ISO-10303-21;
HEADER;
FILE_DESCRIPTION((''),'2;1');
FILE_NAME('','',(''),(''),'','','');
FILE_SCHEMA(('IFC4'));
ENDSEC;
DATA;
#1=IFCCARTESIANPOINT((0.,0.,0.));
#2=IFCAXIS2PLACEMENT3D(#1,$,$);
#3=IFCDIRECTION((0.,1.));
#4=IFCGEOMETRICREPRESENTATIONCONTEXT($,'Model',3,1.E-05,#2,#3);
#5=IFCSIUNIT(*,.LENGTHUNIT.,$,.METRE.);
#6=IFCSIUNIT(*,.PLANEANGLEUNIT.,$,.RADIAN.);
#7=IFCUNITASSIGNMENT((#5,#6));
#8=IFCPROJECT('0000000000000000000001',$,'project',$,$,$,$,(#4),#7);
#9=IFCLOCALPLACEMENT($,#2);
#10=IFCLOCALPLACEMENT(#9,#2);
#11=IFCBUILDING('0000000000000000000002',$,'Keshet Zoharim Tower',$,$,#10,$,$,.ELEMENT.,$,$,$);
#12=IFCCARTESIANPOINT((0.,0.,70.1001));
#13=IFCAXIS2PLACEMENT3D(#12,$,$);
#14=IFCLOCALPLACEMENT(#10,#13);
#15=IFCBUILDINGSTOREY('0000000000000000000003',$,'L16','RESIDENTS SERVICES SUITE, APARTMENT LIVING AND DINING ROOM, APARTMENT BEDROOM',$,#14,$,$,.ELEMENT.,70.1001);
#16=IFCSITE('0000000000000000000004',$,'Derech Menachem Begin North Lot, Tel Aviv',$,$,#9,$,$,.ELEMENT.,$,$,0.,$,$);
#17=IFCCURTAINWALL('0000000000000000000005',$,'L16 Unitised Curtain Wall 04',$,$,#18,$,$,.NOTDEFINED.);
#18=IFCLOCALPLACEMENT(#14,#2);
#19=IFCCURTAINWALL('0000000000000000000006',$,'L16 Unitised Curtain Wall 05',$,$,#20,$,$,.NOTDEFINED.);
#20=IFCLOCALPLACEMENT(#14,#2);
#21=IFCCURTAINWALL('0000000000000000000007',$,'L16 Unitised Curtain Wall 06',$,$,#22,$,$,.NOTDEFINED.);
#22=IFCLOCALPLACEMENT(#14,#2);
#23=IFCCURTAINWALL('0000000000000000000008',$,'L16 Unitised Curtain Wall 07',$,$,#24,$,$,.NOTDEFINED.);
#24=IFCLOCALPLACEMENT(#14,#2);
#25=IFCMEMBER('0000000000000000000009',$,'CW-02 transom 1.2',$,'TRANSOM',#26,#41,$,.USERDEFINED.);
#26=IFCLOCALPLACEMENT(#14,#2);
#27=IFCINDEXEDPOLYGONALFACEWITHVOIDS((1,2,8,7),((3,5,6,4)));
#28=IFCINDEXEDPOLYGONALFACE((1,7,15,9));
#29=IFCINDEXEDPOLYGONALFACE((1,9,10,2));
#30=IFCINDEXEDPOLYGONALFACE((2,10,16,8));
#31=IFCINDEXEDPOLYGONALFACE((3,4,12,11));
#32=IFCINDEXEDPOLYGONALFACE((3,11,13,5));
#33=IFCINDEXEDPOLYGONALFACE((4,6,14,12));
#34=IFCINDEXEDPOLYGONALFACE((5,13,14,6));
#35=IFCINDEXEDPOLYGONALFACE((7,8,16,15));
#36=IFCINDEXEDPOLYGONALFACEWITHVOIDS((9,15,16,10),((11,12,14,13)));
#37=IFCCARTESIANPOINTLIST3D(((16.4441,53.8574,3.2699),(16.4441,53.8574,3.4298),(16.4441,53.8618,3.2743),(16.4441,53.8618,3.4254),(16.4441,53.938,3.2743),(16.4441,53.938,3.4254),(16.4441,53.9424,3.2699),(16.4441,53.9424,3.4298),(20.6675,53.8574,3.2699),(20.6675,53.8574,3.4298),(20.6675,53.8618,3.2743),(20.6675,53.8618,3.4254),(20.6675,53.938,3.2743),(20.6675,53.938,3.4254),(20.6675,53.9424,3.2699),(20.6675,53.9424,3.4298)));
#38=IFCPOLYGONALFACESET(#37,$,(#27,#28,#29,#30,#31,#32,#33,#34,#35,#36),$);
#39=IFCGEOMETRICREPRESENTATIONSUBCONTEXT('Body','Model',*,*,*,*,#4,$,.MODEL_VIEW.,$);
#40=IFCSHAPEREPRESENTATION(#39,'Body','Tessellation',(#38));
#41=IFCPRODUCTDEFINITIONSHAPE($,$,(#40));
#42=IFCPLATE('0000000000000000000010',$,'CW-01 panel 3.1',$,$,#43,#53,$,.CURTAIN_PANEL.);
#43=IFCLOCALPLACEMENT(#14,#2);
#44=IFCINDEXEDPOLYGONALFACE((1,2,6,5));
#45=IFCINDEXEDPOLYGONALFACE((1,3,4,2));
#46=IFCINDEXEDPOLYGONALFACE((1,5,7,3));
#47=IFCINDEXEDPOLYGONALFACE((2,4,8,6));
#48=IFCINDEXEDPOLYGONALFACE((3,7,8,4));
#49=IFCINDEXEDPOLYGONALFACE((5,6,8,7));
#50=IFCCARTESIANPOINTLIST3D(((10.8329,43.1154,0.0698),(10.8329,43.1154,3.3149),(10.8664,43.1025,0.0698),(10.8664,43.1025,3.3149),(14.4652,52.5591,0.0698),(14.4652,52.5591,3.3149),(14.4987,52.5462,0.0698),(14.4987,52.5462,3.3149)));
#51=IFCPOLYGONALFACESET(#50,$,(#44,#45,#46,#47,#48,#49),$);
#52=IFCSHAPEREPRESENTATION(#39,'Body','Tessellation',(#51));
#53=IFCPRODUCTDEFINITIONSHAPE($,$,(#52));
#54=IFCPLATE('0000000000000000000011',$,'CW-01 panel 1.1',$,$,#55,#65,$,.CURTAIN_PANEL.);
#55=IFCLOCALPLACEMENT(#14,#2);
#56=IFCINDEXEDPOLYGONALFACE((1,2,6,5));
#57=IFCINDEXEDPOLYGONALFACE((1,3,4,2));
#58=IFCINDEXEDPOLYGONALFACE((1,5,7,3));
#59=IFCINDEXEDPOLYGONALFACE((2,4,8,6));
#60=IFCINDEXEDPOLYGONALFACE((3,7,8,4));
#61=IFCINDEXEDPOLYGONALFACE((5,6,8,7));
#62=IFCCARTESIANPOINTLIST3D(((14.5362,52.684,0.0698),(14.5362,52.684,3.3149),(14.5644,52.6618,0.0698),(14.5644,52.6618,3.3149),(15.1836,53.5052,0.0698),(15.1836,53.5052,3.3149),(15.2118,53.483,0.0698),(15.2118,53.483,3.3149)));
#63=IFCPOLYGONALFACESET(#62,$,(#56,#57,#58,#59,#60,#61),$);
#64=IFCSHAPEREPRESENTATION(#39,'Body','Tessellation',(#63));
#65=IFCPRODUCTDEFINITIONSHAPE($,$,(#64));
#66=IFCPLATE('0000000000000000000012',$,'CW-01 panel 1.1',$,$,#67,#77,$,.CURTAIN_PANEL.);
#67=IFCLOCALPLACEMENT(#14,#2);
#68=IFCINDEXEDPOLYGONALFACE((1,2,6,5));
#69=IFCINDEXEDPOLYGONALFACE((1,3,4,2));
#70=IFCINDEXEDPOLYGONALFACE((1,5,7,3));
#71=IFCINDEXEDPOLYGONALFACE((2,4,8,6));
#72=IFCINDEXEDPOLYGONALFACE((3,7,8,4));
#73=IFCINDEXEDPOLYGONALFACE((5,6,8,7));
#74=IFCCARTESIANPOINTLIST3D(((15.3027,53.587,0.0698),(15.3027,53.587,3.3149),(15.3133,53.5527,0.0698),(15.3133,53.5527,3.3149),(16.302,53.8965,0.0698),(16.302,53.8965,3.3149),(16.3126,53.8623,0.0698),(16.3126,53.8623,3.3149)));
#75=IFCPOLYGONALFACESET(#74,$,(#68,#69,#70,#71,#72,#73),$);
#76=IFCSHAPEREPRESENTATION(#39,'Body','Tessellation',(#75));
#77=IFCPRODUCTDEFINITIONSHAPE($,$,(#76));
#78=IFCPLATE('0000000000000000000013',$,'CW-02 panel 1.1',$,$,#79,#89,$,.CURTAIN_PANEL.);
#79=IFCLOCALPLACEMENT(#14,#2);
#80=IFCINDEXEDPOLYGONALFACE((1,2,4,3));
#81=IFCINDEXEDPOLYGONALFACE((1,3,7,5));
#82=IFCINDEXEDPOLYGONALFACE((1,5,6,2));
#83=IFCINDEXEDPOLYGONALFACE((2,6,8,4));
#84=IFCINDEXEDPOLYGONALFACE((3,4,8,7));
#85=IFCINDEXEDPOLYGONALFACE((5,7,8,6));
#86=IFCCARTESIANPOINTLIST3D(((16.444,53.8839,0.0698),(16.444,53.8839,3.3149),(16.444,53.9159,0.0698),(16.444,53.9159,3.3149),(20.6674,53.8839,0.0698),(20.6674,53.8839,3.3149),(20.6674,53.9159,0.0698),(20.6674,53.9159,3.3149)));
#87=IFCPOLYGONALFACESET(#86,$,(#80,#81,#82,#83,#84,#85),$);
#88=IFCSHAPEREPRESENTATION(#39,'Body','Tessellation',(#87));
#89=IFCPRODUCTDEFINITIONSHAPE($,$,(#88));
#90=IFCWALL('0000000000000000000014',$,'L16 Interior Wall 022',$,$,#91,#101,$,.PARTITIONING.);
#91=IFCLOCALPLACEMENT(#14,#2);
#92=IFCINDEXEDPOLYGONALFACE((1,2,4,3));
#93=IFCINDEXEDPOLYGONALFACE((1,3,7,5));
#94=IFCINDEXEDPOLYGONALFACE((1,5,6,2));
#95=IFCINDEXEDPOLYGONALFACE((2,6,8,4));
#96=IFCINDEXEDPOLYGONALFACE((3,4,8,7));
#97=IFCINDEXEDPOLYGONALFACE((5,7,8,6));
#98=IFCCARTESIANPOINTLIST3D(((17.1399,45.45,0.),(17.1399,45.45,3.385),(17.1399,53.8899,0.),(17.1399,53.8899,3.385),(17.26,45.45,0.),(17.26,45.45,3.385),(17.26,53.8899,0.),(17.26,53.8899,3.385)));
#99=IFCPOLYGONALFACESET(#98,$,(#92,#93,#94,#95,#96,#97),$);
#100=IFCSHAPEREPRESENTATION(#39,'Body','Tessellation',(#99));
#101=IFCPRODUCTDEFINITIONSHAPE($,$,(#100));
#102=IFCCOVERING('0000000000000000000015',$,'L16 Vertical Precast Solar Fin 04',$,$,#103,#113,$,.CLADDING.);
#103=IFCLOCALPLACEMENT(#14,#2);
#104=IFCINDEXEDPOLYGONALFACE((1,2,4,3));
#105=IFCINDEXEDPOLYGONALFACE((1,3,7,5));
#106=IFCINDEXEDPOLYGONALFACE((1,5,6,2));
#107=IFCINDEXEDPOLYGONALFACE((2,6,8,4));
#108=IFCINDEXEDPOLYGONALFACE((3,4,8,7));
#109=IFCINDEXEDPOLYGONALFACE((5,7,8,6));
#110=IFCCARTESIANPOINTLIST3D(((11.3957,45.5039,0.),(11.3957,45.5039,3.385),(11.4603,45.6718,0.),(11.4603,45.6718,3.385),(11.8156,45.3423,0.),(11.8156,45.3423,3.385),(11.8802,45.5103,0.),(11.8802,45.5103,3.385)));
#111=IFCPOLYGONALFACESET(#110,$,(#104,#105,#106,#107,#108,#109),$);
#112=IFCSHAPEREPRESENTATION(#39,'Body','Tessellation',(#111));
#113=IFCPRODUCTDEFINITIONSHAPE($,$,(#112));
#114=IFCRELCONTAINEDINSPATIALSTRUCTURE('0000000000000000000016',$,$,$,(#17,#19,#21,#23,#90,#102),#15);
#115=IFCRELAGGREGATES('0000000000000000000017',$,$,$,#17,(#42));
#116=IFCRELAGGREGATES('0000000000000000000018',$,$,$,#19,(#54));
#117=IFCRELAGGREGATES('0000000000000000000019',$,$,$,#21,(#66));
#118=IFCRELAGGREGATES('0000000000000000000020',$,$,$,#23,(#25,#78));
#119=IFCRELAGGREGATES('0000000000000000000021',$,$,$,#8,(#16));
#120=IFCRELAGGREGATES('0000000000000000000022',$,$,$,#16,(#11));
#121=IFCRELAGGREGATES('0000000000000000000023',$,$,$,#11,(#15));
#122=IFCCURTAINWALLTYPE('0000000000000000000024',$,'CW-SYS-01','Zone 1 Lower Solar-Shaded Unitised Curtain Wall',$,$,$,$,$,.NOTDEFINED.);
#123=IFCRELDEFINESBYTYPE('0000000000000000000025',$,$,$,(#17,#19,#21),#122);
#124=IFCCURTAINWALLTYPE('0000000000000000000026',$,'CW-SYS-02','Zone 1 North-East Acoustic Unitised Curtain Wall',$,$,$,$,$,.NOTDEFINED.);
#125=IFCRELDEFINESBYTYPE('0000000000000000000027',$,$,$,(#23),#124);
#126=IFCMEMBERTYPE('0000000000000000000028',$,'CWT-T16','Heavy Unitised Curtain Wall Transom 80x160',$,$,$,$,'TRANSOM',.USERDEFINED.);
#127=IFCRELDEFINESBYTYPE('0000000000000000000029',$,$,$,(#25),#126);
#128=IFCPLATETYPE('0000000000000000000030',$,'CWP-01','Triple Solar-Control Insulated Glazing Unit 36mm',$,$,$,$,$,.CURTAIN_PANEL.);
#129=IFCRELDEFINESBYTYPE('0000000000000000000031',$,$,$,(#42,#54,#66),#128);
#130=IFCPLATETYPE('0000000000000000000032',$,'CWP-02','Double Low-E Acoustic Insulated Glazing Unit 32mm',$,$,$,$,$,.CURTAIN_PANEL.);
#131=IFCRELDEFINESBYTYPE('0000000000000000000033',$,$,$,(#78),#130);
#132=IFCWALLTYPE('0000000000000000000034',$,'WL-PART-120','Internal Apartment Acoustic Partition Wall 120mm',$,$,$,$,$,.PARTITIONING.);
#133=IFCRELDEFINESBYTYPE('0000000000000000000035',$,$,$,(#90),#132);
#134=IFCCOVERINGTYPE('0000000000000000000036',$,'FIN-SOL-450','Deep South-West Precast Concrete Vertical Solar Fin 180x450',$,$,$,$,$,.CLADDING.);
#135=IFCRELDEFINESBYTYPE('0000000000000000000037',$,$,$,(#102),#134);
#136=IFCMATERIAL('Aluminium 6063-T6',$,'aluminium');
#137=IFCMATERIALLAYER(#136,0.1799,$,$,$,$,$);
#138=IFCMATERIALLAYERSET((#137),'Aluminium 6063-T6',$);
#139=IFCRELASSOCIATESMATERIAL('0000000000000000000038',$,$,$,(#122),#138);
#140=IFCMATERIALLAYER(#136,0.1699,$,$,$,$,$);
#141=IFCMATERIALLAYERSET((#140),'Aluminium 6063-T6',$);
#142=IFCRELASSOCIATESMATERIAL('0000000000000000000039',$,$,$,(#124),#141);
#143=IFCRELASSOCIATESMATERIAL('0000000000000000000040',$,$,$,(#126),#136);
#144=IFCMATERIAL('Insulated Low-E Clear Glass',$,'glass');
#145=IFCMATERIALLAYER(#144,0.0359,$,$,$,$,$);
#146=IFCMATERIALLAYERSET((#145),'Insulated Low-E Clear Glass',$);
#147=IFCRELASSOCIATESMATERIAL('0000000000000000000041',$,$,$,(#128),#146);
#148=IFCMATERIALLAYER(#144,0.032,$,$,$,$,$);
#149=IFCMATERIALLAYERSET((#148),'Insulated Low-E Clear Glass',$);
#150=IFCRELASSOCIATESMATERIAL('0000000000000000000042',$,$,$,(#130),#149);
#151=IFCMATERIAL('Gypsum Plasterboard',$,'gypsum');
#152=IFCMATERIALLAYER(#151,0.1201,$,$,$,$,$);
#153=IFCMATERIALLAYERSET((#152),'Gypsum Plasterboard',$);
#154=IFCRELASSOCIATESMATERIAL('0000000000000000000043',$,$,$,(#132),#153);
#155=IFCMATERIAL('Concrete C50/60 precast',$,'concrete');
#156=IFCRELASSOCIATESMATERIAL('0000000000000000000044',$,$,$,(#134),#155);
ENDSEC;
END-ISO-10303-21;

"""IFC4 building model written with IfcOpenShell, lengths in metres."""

from ifc_helpers import new_model, si_unit, direction, frame, frame_2d, origin, origin_2d, place, context, subcontext, project, spatial, rectangle, hollow_rectangle, extrude, material, layer, layer_set, material_profile, profile_set, type_object, element, aggregate, save


model = new_model("IFC4")

# Units and contexts
model_context = context("Model", 3, precision=1e-05, world=origin(), true_north=direction((0.0, 1.0)))
body_context = subcontext(model_context, "Body", "Model", "MODEL_VIEW")
ifc_project = project(units=[si_unit("LENGTHUNIT", "METRE"), si_unit("PLANEANGLEUNIT", "RADIAN")], contexts=[model_context])

# Site, building, storey
site_placement = place(None, origin())
site = spatial("IfcSite", under=ifc_project, at=site_placement, Name="Derech Menachem Begin North Lot, Tel Aviv", CompositionType="ELEMENT", RefElevation=0.0)
building_placement = place(site_placement, origin())
building = spatial("IfcBuilding", under=site, at=building_placement, Name="Keshet Zoharim Tower", CompositionType="ELEMENT")
storey_placement = place(building_placement, frame((0.0, 0.0, 70.1001)))
storey = spatial("IfcBuildingStorey", under=building, at=storey_placement, Name="L16", Description="RESIDENTS SERVICES SUITE, APARTMENT LIVING AND DINING ROOM, APARTMENT BEDROOM", CompositionType="ELEMENT", Elevation=70.1001)

# Curtain wall
ifc_material_1 = material(Name="Aluminium 6063-T6", Category="aluminium")
ifc_layer_1 = layer(ifc_material_1, 0.1799)
ifc_layer_set_1 = layer_set([ifc_layer_1], Name="Aluminium 6063-T6")
curtain_wall_type_1 = type_object("IfcCurtainWallType", Name="CW-SYS-01", Description="Zone 1 Lower Solar-Shaded Unitised Curtain Wall", PredefinedType="NOTDEFINED", material=ifc_layer_set_1)
curtain_wall_1_placement = place(storey_placement, origin())
curtain_wall_1 = element("IfcCurtainWall", 1, at=curtain_wall_1_placement, inside=storey, type_object=curtain_wall_type_1, Name="L16 Unitised Curtain Wall 04", PredefinedType="NOTDEFINED")

# Curtain walls
curtain_wall_2_placement = place(storey_placement, origin())
curtain_wall_2 = element("IfcCurtainWall", 2, at=curtain_wall_2_placement, inside=storey, type_object=curtain_wall_type_1, Name="L16 Unitised Curtain Wall 05", PredefinedType="NOTDEFINED")
curtain_wall_3_placement = place(storey_placement, origin())
curtain_wall_3 = element("IfcCurtainWall", 3, at=curtain_wall_3_placement, inside=storey, type_object=curtain_wall_type_1, Name="L16 Unitised Curtain Wall 06", PredefinedType="NOTDEFINED")

# Curtain wall
ifc_layer_2 = layer(ifc_material_1, 0.1699)
ifc_layer_set_2 = layer_set([ifc_layer_2], Name="Aluminium 6063-T6")
curtain_wall_type_2 = type_object("IfcCurtainWallType", Name="CW-SYS-02", Description="Zone 1 North-East Acoustic Unitised Curtain Wall", PredefinedType="NOTDEFINED", material=ifc_layer_set_2)
curtain_wall_4_placement = place(storey_placement, origin())
curtain_wall_4 = element("IfcCurtainWall", 4, at=curtain_wall_4_placement, inside=storey, type_object=curtain_wall_type_2, Name="L16 Unitised Curtain Wall 07", PredefinedType="NOTDEFINED")

# Member
ifc_material_profile_1 = material_profile(ifc_material_1, hollow_rectangle(XDim=0.085, YDim=0.1599, WallThickness=0.0044, at=origin_2d()), Name="TRN-85x160")
ifc_profile_set_1 = profile_set([ifc_material_profile_1], Name="Aluminium 6063-T6")
member_type_1 = type_object("IfcMemberType", Name="CWT-T16", Description="Heavy Unitised Curtain Wall Transom 80x160", ElementType="TRANSOM", PredefinedType="USERDEFINED", material=ifc_profile_set_1)
member_1_placement = place(storey_placement, frame((16.4441, 53.8999, 3.3499), z_axis=(1.0, 0.0, 0.0), x_axis=(0.0, 1.0, 0.0)))
member_1 = element("IfcMember", 5, at=member_1_placement, type_object=member_type_1, Name="CW-02 transom 1.2", ObjectType="TRANSOM", PredefinedType="USERDEFINED", context=body_context, shape_type="SweptSolid", body=[
    extrude(hollow_rectangle(XDim=0.085, YDim=0.1599, WallThickness=0.0044, at=origin_2d()), origin(), (0.0, 0.0, 1.0), 4.2234),
])

# Plates
ifc_material_2 = material(Name="Insulated Low-E Clear Glass", Category="glass")
ifc_layer_3 = layer(ifc_material_2, 0.0359)
ifc_layer_set_3 = layer_set([ifc_layer_3], Name="Insulated Low-E Clear Glass")
plate_type_1 = type_object("IfcPlateType", Name="CWP-01", Description="Triple Solar-Control Insulated Glazing Unit 36mm", PredefinedType="CURTAIN_PANEL", material=ifc_layer_set_3)
plate_1_placement = place(storey_placement, frame((12.6658, 47.8308, 0.0698), z_axis=(0.0, 0.0, 1.0), x_axis=(0.35899, 0.933341, 0.0)))
plate_1 = element("IfcPlate", 6, at=plate_1_placement, type_object=plate_type_1, Name="CW-01 panel 3.1", PredefinedType="CURTAIN_PANEL", context=body_context, shape_type="SweptSolid", body=[
    extrude(rectangle(XDim=10.1182, YDim=0.0359, at=origin_2d()), origin(), (0.0, 0.0, 1.0), 3.2451),
])
aggregate(curtain_wall_1, [plate_1])
plate_2_placement = place(storey_placement, frame((14.874, 53.0835, 0.0698), z_axis=(0.0, 0.0, 1.0), x_axis=(0.619125, 0.785293, 0.0)))
plate_2 = element("IfcPlate", 7, at=plate_2_placement, type_object=plate_type_1, Name="CW-01 panel 1.1", PredefinedType="CURTAIN_PANEL", context=body_context, shape_type="SweptSolid", body=[
    extrude(rectangle(XDim=1.0457, YDim=0.0359, at=origin_2d()), origin(), (0.0, 0.0, 1.0), 3.2451),
])
aggregate(curtain_wall_2, [plate_2])
plate_3_placement = place(storey_placement, frame((15.8076, 53.7246, 0.0698), z_axis=(0.0, 0.0, 1.0), x_axis=(0.955212, 0.295922, 0.0)))
plate_3 = element("IfcPlate", 8, at=plate_3_placement, type_object=plate_type_1, Name="CW-01 panel 1.1", PredefinedType="CURTAIN_PANEL", context=body_context, shape_type="SweptSolid", body=[
    extrude(rectangle(XDim=1.0461, YDim=0.0359, at=origin_2d()), origin(), (0.0, 0.0, 1.0), 3.2451),
])
aggregate(curtain_wall_3, [plate_3])
ifc_layer_4 = layer(ifc_material_2, 0.032)
ifc_layer_set_4 = layer_set([ifc_layer_4], Name="Insulated Low-E Clear Glass")
plate_type_2 = type_object("IfcPlateType", Name="CWP-02", Description="Double Low-E Acoustic Insulated Glazing Unit 32mm", PredefinedType="CURTAIN_PANEL", material=ifc_layer_set_4)
plate_4_placement = place(storey_placement, frame((18.5557, 53.8999, 0.0698), z_axis=(0.0, 0.0, 1.0), x_axis=(1.0, 0.0, 0.0)))
plate_4 = element("IfcPlate", 9, at=plate_4_placement, type_object=plate_type_2, Name="CW-02 panel 1.1", PredefinedType="CURTAIN_PANEL", context=body_context, shape_type="SweptSolid", body=[
    extrude(rectangle(XDim=4.2234, YDim=0.032, at=origin_2d()), origin(), (0.0, 0.0, 1.0), 3.2451),
])
aggregate(curtain_wall_4, [member_1, plate_4])

# Wall
ifc_material_3 = material(Name="Gypsum Plasterboard", Category="gypsum")
ifc_layer_5 = layer(ifc_material_3, 0.1201)
ifc_layer_set_5 = layer_set([ifc_layer_5], Name="Gypsum Plasterboard")
wall_type = type_object("IfcWallType", Name="WL-PART-120", Description="Internal Apartment Acoustic Partition Wall 120mm", PredefinedType="PARTITIONING", material=ifc_layer_set_5)
wall_placement = place(storey_placement, frame((17.2, 45.45, 0.0), z_axis=(0.0, 0.0, 1.0), x_axis=(0.0, 1.0, 0.0)))
element("IfcWall", 10, at=wall_placement, inside=storey, type_object=wall_type, Name="L16 Interior Wall 022", PredefinedType="PARTITIONING", context=body_context, shape_type="SweptSolid", body=[
    extrude(rectangle(XDim=8.4399, YDim=0.1201, at=frame_2d((4.22, 0.0))), origin(), (0.0, 0.0, 1.0), 3.385),
])

# Covering
ifc_material_4 = material(Name="Concrete C50/60 precast", Category="concrete")
covering_type = type_object("IfcCoveringType", Name="FIN-SOL-450", Description="Deep South-West Precast Concrete Vertical Solar Fin 180x450", PredefinedType="CLADDING", material=ifc_material_4)
covering_placement = place(storey_placement, frame((11.6379, 45.5071, 0.0), z_axis=(0.0, 0.0, 1.0), x_axis=(0.35899, 0.933341, 0.0)))
element("IfcCovering", 11, at=covering_placement, inside=storey, type_object=covering_type, Name="L16 Vertical Precast Solar Fin 04", PredefinedType="CLADDING", context=body_context, shape_type="SweptSolid", body=[
    extrude(rectangle(XDim=0.1799, YDim=0.45, at=origin_2d()), origin(), (0.0, 0.0, 1.0), 3.385),
])

save(model, "model.ifc")
